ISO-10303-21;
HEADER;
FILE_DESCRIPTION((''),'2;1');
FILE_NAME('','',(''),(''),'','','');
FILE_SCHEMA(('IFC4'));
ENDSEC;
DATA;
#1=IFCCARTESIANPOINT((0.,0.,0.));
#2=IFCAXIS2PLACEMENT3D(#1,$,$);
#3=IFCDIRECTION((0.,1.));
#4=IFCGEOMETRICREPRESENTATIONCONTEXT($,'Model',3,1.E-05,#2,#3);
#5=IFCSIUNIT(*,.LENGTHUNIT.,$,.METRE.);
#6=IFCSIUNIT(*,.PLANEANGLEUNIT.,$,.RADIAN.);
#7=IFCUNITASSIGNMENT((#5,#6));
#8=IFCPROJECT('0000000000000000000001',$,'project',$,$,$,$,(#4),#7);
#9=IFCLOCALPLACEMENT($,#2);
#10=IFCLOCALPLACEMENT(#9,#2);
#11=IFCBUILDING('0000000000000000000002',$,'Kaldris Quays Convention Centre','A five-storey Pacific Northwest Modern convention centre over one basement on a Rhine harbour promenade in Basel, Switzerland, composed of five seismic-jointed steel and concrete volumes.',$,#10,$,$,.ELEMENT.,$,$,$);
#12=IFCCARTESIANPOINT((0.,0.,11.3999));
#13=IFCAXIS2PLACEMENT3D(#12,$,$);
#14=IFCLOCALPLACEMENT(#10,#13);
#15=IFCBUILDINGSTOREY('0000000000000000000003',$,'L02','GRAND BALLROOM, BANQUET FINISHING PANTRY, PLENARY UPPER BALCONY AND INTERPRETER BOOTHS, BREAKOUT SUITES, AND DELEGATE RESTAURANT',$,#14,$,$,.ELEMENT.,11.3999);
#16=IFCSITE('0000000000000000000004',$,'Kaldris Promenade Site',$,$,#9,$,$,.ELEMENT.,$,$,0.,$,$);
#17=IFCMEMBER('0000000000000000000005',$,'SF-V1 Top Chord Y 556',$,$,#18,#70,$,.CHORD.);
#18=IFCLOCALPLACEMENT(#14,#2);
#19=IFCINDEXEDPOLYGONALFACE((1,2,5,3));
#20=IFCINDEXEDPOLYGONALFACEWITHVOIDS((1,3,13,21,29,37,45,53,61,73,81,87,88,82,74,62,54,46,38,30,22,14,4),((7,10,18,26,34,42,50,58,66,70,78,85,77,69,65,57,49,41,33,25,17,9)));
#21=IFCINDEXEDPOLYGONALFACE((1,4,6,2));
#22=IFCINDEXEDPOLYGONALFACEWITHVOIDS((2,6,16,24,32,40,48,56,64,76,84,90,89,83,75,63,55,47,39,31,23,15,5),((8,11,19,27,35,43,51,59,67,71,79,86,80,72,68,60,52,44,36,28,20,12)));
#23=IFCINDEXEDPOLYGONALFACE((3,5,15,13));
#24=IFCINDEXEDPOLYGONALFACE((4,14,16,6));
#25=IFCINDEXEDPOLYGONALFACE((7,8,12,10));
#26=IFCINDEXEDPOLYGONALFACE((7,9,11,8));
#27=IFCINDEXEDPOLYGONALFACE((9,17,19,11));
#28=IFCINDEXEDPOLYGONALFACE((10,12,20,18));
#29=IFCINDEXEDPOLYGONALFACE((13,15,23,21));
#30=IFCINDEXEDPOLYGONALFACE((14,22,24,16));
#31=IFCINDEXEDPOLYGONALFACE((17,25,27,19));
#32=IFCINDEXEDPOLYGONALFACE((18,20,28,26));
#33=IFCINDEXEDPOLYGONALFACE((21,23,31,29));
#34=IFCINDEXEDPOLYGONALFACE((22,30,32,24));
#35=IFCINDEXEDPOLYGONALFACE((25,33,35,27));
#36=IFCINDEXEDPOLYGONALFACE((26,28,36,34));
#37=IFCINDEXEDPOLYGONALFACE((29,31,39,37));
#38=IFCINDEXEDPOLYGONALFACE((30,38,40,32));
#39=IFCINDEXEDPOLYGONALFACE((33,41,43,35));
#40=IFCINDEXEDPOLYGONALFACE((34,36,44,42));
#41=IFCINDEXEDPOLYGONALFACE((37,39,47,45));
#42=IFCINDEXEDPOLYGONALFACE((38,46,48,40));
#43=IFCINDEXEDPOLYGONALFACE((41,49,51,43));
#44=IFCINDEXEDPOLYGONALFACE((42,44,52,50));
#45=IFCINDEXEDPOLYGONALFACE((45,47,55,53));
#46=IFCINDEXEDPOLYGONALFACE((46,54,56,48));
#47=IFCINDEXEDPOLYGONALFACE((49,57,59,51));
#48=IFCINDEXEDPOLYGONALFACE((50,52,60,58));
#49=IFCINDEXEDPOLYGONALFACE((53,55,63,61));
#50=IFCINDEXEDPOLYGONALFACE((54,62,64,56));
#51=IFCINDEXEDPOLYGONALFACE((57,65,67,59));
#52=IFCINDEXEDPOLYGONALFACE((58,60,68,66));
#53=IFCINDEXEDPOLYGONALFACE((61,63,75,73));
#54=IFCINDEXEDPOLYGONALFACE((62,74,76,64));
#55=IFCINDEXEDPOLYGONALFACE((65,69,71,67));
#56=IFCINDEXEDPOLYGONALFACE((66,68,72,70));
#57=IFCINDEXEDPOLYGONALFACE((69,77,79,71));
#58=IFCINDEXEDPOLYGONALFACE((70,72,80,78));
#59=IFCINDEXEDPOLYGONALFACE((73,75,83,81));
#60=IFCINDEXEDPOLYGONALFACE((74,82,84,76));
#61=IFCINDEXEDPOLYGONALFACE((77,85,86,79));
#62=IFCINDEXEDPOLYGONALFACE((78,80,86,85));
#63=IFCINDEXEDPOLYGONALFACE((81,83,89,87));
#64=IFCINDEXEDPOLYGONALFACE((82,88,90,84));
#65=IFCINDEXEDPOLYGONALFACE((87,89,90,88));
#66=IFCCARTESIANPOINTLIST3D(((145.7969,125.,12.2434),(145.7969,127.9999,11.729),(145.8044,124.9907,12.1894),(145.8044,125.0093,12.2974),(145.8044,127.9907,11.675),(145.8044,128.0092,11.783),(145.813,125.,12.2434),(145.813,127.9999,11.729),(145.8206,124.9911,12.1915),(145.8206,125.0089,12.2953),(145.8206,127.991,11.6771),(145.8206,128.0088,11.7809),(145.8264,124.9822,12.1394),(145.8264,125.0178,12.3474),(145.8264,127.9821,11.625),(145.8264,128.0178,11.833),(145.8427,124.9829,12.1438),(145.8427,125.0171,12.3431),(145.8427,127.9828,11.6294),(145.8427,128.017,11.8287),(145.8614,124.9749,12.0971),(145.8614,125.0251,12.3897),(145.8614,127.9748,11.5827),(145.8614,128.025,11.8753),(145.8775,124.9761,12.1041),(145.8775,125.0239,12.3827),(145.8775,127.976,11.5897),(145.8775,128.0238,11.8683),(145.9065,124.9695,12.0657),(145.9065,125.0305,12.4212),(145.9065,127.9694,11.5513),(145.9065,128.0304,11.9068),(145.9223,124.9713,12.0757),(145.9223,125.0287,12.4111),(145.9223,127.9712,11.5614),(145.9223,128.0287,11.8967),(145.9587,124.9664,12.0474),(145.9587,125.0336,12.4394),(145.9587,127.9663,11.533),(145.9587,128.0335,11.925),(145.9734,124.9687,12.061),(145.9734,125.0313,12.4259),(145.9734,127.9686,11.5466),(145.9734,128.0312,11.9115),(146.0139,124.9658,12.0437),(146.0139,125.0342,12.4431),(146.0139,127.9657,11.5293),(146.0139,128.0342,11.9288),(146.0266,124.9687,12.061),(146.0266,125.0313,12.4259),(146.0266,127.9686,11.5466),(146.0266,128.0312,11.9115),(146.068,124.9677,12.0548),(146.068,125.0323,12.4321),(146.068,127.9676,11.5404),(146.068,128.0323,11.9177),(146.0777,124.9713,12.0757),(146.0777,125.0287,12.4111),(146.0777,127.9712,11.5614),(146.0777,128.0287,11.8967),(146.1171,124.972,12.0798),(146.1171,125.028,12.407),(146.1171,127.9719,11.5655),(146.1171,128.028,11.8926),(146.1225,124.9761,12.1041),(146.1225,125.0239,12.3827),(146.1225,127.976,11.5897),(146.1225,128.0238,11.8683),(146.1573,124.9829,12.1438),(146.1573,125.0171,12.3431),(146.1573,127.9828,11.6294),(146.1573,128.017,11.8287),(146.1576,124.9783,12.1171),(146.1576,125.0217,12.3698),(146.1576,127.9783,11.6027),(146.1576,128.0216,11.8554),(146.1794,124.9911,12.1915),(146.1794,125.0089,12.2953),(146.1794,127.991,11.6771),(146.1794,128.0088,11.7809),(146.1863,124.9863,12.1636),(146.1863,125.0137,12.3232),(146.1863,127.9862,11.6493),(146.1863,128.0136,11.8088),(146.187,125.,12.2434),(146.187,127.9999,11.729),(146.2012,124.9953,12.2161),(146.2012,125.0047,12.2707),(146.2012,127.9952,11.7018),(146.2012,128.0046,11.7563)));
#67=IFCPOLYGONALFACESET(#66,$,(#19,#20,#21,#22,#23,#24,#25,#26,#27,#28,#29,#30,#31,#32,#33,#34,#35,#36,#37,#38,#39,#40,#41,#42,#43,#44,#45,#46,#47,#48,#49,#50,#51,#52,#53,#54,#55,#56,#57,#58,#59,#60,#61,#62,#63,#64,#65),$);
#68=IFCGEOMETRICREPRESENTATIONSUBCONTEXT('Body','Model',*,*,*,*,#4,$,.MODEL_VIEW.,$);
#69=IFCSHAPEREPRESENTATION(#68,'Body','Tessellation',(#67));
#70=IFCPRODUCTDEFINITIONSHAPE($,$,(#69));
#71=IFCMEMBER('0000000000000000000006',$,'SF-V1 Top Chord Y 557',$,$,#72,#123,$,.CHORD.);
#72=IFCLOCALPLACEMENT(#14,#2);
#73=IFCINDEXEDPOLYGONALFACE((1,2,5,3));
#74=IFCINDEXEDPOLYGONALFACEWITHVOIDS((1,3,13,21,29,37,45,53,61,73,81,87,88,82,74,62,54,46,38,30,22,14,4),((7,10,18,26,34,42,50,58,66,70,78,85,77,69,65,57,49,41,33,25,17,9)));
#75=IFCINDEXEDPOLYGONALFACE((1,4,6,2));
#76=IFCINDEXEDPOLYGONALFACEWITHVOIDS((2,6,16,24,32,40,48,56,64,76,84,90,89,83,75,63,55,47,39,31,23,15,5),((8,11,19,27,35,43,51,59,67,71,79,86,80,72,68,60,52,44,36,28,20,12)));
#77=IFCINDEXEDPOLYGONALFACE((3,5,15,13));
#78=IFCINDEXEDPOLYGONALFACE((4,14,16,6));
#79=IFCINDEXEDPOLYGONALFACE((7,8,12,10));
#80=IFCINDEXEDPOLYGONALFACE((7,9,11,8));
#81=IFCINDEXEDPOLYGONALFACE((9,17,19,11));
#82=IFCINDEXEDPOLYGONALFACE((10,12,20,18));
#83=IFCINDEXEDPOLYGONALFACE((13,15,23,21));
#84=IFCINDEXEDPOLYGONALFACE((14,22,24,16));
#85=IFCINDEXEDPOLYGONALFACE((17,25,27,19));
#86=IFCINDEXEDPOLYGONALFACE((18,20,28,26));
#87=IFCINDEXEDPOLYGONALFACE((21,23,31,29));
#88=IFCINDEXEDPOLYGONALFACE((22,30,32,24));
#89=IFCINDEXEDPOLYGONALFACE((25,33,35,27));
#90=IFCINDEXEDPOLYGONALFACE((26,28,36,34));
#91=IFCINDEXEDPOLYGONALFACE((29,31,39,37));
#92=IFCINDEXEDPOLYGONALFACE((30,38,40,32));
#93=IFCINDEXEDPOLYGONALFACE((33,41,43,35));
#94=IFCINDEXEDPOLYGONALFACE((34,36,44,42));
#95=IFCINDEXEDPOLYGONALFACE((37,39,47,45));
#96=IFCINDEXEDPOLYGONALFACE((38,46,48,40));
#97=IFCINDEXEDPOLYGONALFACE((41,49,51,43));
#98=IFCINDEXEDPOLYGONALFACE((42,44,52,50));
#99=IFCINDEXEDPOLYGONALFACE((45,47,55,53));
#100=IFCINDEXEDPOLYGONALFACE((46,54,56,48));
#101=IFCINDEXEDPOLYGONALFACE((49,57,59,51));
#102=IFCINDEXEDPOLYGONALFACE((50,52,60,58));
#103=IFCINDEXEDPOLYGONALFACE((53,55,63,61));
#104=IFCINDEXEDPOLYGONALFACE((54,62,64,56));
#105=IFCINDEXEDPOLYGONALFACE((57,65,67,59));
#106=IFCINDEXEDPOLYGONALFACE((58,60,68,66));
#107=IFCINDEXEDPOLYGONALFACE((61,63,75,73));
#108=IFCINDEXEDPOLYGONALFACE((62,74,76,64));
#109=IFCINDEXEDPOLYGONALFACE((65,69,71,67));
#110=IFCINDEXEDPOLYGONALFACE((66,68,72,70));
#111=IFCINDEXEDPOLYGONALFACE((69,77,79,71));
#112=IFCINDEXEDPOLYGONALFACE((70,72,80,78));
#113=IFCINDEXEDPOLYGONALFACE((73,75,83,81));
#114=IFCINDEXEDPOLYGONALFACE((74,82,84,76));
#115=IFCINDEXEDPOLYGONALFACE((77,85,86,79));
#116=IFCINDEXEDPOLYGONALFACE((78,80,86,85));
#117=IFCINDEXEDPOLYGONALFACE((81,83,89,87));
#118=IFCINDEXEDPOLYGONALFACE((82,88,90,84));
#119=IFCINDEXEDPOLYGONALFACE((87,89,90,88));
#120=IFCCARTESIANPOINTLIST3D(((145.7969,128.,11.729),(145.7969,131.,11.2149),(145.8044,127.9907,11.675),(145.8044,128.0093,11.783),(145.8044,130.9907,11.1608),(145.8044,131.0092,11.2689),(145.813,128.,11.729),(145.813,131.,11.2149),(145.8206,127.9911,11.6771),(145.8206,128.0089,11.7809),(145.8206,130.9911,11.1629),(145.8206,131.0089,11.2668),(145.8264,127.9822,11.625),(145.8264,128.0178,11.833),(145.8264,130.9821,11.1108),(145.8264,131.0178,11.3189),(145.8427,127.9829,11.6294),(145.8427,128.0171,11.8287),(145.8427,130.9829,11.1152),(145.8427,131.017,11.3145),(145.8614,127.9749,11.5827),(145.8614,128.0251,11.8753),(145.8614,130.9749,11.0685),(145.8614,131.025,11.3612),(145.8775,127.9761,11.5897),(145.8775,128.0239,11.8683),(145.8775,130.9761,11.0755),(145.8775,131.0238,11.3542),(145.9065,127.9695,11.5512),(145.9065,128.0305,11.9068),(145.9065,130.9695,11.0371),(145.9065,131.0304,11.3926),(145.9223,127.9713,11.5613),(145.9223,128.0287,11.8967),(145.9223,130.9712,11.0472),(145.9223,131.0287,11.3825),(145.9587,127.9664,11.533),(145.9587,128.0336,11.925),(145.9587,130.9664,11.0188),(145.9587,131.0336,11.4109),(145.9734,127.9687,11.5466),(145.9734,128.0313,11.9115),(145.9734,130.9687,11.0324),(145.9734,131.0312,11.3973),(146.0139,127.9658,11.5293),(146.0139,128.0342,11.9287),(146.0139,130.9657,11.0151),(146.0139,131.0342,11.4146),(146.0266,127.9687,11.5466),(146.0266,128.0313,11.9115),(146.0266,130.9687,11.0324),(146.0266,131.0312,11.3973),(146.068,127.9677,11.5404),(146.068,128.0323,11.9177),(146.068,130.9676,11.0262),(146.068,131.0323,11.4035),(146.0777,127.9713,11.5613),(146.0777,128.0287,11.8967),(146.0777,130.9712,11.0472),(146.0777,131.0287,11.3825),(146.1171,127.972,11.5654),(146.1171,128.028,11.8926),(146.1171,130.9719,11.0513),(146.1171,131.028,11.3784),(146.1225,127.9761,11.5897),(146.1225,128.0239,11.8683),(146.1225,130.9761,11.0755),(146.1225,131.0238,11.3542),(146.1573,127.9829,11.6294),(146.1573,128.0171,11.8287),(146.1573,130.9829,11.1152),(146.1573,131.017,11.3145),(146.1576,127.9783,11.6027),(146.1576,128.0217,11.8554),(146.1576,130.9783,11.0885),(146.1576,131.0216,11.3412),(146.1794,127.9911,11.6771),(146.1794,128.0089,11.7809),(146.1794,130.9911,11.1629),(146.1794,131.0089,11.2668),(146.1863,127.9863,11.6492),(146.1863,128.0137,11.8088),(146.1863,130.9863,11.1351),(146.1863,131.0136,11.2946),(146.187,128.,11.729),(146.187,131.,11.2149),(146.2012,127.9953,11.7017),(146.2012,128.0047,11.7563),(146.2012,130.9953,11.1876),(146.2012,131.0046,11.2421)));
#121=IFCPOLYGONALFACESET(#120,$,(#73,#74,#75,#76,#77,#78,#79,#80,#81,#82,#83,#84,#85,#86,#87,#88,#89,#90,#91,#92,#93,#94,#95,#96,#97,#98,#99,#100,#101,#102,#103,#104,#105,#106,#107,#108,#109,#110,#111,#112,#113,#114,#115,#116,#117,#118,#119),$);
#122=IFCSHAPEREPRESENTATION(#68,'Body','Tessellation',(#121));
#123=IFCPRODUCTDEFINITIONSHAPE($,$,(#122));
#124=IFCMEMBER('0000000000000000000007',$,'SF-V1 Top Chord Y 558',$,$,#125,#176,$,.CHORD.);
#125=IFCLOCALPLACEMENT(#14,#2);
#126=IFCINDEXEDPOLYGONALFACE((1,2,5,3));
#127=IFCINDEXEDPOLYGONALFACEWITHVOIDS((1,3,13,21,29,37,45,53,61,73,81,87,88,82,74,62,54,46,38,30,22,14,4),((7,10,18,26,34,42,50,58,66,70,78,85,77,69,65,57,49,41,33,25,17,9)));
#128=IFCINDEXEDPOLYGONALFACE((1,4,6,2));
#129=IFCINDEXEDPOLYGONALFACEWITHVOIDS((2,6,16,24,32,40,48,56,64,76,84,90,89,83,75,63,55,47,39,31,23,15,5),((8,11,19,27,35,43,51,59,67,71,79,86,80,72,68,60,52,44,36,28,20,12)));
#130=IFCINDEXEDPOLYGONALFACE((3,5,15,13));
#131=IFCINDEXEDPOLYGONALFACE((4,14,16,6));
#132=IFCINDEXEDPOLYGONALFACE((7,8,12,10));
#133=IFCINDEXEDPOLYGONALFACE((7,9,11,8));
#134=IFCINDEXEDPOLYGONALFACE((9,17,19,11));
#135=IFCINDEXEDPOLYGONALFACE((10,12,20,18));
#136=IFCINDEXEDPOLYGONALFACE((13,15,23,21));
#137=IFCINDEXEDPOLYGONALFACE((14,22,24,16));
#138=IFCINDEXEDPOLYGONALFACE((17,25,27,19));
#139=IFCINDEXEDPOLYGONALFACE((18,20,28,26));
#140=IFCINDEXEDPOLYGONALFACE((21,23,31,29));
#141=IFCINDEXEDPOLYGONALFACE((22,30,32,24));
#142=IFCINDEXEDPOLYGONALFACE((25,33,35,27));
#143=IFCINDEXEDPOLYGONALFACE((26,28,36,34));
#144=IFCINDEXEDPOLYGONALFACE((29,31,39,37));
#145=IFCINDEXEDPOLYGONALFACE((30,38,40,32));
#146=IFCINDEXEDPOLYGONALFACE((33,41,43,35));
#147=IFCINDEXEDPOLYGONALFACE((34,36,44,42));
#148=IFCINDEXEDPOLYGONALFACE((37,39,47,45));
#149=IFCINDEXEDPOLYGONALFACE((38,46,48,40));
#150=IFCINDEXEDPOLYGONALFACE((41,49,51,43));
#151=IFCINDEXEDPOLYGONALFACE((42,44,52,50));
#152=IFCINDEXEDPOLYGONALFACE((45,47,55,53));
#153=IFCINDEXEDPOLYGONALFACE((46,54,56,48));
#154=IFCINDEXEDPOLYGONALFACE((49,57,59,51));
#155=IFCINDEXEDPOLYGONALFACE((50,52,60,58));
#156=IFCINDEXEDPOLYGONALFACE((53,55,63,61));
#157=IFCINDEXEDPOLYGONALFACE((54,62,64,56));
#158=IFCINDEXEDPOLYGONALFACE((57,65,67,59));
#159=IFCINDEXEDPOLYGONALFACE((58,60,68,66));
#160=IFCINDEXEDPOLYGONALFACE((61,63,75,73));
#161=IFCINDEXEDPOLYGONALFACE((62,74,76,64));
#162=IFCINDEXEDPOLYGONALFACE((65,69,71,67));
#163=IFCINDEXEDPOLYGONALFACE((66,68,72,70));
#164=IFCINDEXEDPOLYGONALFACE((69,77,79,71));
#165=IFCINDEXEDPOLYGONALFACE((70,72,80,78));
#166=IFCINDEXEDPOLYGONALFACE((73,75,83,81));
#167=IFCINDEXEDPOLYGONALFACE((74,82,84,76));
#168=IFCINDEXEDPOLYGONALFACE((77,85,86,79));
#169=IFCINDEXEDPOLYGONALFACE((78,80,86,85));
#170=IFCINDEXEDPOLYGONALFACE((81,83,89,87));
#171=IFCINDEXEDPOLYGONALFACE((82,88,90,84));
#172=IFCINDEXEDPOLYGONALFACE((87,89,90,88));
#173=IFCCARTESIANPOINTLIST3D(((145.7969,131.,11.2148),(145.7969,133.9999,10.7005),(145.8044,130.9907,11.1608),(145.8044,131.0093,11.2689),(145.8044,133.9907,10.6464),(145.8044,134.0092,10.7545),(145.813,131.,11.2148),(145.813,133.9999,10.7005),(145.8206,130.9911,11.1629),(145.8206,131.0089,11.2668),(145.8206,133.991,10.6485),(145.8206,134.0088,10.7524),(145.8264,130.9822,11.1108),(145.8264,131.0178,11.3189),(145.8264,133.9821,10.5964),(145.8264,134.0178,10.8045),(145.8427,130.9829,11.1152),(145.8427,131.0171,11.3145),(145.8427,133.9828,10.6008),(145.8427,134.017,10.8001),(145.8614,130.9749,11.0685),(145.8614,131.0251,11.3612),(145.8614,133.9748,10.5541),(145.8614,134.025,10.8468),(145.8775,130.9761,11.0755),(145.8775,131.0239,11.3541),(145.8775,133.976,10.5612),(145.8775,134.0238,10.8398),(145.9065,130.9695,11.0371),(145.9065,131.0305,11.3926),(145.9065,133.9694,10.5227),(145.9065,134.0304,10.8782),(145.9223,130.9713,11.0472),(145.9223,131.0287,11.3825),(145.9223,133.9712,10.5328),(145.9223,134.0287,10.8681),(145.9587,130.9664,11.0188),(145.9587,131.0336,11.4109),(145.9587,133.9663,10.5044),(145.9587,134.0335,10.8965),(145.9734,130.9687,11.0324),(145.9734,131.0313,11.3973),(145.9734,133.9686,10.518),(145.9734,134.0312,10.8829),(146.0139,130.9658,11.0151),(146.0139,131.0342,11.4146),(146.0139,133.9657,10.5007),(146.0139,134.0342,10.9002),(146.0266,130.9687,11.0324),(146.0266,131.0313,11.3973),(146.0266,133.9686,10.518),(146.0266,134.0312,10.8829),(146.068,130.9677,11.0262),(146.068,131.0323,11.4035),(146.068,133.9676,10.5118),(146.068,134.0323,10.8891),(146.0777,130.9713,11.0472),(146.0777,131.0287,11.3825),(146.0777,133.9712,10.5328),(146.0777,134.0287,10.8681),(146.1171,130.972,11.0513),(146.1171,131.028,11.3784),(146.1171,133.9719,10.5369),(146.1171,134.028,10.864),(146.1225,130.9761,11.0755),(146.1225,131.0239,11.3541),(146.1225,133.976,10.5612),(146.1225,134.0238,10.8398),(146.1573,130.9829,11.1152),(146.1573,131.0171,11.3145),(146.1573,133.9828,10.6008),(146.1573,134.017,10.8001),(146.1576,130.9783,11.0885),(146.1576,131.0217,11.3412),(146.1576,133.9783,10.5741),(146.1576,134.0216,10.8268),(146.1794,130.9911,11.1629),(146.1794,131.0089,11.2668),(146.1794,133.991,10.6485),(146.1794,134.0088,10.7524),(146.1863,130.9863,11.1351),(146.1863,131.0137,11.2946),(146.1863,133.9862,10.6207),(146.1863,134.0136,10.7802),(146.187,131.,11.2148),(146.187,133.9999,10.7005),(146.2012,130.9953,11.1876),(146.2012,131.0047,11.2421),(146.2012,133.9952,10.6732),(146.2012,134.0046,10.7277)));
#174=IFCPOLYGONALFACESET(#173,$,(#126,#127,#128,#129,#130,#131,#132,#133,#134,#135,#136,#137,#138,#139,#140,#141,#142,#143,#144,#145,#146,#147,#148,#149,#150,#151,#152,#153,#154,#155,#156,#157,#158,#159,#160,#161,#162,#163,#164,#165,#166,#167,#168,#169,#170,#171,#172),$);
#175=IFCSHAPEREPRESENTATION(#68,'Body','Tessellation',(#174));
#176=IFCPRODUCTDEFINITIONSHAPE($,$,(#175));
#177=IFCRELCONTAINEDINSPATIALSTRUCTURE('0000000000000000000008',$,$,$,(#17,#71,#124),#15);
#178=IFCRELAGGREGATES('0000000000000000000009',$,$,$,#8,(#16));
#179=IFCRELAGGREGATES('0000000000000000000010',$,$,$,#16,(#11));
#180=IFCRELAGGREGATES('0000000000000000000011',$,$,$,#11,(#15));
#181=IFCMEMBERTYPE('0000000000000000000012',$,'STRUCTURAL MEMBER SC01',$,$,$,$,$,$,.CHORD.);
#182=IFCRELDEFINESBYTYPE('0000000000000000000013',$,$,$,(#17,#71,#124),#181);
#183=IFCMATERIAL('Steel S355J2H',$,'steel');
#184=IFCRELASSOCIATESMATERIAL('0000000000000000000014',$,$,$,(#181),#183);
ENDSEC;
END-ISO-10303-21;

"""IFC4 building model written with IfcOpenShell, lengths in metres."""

from ifc_helpers import new_model, si_unit, direction, frame, origin, origin_2d, place, context, subcontext, project, spatial, hollow_circle, extrude, material, material_profile, profile_set, type_object, element, save


model = new_model("IFC4")

# Units and contexts
model_context = context("Model", 3, precision=1e-05, world=origin(), true_north=direction((0.0, 1.0)))
body_context = subcontext(model_context, "Body", "Model", "MODEL_VIEW")
ifc_project = project(units=[si_unit("LENGTHUNIT", "METRE"), si_unit("PLANEANGLEUNIT", "RADIAN")], contexts=[model_context])

# Site, building, storey
site_placement = place(None, origin())
site = spatial("IfcSite", under=ifc_project, at=site_placement, Name="Kaldris Promenade Site", CompositionType="ELEMENT", RefElevation=0.0)
building_placement = place(site_placement, origin())
building = spatial("IfcBuilding", under=site, at=building_placement, Name="Kaldris Quays Convention Centre", Description="A five-storey Pacific Northwest Modern convention centre over one basement on a Rhine harbour promenade in Basel, Switzerland, composed of five seismic-jointed steel and concrete volumes.", CompositionType="ELEMENT")
storey_placement = place(building_placement, frame((0.0, 0.0, 11.3999)))
storey = spatial("IfcBuildingStorey", under=building, at=storey_placement, Name="L02", Description="GRAND BALLROOM, BANQUET FINISHING PANTRY, PLENARY UPPER BALCONY AND INTERPRETER BOOTHS, BREAKOUT SUITES, AND DELEGATE RESTAURANT", CompositionType="ELEMENT", Elevation=11.3999)

# Members
ifc_material_1 = material(Name="Steel S355J2H", Category="steel")
ifc_material_profile_1 = material_profile(ifc_material_1, hollow_circle(Radius=0.2031, WallThickness=0.0161, at=origin_2d()), Name="CHS 406.4x16")
ifc_profile_set_1 = profile_set([ifc_material_profile_1], Name="Steel S355J2H")
member_type_1 = type_object("IfcMemberType", Name="STRUCTURAL MEMBER SC01", PredefinedType="CHORD", material=ifc_profile_set_1)
for number, where, z_axis, x_axis, name in (
    (1, (146.0, 125.0, 12.2434), (0.0, 0.985616, -0.169002), (-1.0, 0.0, 0.0), "SF-V1 Top Chord Y 556"),
    (2, (146.0, 128.0, 11.729), (0.0, 0.985629, -0.168924), (-1.0, 0.0, 0.0), "SF-V1 Top Chord Y 557"),
    (3, (146.0, 131.0, 11.2148), (0.0, 0.985616, -0.169002), (-1.0, 0.0, 0.0), "SF-V1 Top Chord Y 558"),
):
    element("IfcMember", number, at=place(storey_placement, frame(where, z_axis=z_axis, x_axis=x_axis)), inside=storey, type_object=member_type_1, Name=name, PredefinedType="CHORD", context=body_context, shape_type="SweptSolid", body=[
        extrude(hollow_circle(Radius=0.2031, WallThickness=0.0161, at=origin_2d()), origin(), (0.0, 0.0, 1.0), 3.0437),
    ])

save(model, "model.ifc")
